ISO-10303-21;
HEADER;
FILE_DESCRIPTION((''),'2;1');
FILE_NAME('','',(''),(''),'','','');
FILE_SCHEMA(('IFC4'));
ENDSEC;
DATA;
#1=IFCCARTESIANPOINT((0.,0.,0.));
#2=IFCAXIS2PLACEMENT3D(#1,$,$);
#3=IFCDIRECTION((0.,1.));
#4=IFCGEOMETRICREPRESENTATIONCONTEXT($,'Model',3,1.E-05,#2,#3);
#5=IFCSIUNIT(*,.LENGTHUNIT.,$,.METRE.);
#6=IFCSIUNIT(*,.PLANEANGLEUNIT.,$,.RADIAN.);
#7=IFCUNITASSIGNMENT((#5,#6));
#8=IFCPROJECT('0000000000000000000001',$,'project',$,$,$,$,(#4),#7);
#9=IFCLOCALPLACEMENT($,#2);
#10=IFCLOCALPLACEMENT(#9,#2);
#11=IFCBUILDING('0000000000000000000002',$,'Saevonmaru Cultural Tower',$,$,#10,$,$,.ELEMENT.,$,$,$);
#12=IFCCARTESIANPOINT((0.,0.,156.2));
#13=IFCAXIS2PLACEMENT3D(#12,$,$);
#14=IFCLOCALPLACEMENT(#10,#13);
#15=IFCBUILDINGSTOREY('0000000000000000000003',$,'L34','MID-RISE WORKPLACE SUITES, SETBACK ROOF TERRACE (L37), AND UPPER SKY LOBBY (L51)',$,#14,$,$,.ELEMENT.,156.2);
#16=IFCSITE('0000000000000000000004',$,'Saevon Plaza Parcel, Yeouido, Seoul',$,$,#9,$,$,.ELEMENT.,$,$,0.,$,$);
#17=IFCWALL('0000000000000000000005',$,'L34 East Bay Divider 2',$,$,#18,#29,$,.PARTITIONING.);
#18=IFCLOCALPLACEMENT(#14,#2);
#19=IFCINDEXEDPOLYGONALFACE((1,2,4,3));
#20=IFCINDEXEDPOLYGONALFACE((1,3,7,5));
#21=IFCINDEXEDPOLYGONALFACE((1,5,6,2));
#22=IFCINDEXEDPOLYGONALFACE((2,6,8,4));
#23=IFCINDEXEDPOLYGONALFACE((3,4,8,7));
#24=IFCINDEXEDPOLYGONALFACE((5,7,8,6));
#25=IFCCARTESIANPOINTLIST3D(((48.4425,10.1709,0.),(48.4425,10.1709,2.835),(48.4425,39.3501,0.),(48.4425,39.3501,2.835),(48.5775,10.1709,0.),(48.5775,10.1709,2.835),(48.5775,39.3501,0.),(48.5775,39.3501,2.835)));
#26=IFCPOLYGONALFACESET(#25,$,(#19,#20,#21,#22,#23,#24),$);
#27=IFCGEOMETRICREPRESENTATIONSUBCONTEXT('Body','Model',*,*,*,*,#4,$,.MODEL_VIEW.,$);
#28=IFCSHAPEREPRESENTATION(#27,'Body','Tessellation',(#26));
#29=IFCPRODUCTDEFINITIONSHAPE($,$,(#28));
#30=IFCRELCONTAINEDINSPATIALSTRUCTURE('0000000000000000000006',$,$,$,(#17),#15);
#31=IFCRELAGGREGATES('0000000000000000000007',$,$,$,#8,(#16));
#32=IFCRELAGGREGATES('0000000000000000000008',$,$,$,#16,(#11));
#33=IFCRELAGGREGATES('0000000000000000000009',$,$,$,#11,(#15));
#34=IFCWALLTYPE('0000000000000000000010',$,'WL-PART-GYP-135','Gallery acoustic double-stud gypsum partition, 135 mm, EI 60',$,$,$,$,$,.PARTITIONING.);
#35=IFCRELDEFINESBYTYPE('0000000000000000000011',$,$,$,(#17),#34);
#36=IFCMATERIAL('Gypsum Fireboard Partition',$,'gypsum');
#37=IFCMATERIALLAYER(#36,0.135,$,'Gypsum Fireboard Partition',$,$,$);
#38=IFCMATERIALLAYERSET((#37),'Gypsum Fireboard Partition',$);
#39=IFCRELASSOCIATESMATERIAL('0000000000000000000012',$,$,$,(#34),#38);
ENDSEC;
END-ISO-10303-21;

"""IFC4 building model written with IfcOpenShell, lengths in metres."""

from ifc_helpers import new_model, si_unit, direction, frame, frame_2d, origin, place, context, subcontext, project, spatial, rectangle, extrude, material, layer, layer_set, type_object, element, save


model = new_model("IFC4")

# Units and contexts
model_context = context("Model", 3, precision=1e-05, world=origin(), true_north=direction((0.0, 1.0)))
body_context = subcontext(model_context, "Body", "Model", "MODEL_VIEW")
ifc_project = project(units=[si_unit("LENGTHUNIT", "METRE"), si_unit("PLANEANGLEUNIT", "RADIAN")], contexts=[model_context])

# Site, building, storey
site_placement = place(None, origin())
site = spatial("IfcSite", under=ifc_project, at=site_placement, Name="Saevon Plaza Parcel, Yeouido, Seoul", CompositionType="ELEMENT", RefElevation=0.0)
building_placement = place(site_placement, origin())
building = spatial("IfcBuilding", under=site, at=building_placement, Name="Saevonmaru Cultural Tower", CompositionType="ELEMENT")
storey_placement = place(building_placement, frame((0.0, 0.0, 156.2)))
storey = spatial("IfcBuildingStorey", under=building, at=storey_placement, Name="L34", Description="MID-RISE WORKPLACE SUITES, SETBACK ROOF TERRACE (L37), AND UPPER SKY LOBBY (L51)", CompositionType="ELEMENT", Elevation=156.2)

# Wall
ifc_material_1 = material(Name="Gypsum Fireboard Partition", Category="gypsum")
ifc_layer_1 = layer(ifc_material_1, 0.135, Name="Gypsum Fireboard Partition")
ifc_layer_set_1 = layer_set([ifc_layer_1], Name="Gypsum Fireboard Partition")
wall_type_1 = type_object("IfcWallType", Name="WL-PART-GYP-135", Description="Gallery acoustic double-stud gypsum partition, 135 mm, EI 60", PredefinedType="PARTITIONING", material=ifc_layer_set_1)
wall_1_placement = place(storey_placement, frame((48.51, 10.1709, 0.0), z_axis=(0.0, 0.0, 1.0), x_axis=(0.0, 1.0, 0.0)))
element("IfcWall", 1, at=wall_1_placement, inside=storey, type_object=wall_type_1, Name="L34 East Bay Divider 2", PredefinedType="PARTITIONING", context=body_context, shape_type="SweptSolid", body=[
    extrude(rectangle(XDim=29.1792, YDim=0.135, at=frame_2d((14.5896, 0.0))), origin(), (0.0, 0.0, 1.0), 2.835),
])

save(model, "model.ifc")
